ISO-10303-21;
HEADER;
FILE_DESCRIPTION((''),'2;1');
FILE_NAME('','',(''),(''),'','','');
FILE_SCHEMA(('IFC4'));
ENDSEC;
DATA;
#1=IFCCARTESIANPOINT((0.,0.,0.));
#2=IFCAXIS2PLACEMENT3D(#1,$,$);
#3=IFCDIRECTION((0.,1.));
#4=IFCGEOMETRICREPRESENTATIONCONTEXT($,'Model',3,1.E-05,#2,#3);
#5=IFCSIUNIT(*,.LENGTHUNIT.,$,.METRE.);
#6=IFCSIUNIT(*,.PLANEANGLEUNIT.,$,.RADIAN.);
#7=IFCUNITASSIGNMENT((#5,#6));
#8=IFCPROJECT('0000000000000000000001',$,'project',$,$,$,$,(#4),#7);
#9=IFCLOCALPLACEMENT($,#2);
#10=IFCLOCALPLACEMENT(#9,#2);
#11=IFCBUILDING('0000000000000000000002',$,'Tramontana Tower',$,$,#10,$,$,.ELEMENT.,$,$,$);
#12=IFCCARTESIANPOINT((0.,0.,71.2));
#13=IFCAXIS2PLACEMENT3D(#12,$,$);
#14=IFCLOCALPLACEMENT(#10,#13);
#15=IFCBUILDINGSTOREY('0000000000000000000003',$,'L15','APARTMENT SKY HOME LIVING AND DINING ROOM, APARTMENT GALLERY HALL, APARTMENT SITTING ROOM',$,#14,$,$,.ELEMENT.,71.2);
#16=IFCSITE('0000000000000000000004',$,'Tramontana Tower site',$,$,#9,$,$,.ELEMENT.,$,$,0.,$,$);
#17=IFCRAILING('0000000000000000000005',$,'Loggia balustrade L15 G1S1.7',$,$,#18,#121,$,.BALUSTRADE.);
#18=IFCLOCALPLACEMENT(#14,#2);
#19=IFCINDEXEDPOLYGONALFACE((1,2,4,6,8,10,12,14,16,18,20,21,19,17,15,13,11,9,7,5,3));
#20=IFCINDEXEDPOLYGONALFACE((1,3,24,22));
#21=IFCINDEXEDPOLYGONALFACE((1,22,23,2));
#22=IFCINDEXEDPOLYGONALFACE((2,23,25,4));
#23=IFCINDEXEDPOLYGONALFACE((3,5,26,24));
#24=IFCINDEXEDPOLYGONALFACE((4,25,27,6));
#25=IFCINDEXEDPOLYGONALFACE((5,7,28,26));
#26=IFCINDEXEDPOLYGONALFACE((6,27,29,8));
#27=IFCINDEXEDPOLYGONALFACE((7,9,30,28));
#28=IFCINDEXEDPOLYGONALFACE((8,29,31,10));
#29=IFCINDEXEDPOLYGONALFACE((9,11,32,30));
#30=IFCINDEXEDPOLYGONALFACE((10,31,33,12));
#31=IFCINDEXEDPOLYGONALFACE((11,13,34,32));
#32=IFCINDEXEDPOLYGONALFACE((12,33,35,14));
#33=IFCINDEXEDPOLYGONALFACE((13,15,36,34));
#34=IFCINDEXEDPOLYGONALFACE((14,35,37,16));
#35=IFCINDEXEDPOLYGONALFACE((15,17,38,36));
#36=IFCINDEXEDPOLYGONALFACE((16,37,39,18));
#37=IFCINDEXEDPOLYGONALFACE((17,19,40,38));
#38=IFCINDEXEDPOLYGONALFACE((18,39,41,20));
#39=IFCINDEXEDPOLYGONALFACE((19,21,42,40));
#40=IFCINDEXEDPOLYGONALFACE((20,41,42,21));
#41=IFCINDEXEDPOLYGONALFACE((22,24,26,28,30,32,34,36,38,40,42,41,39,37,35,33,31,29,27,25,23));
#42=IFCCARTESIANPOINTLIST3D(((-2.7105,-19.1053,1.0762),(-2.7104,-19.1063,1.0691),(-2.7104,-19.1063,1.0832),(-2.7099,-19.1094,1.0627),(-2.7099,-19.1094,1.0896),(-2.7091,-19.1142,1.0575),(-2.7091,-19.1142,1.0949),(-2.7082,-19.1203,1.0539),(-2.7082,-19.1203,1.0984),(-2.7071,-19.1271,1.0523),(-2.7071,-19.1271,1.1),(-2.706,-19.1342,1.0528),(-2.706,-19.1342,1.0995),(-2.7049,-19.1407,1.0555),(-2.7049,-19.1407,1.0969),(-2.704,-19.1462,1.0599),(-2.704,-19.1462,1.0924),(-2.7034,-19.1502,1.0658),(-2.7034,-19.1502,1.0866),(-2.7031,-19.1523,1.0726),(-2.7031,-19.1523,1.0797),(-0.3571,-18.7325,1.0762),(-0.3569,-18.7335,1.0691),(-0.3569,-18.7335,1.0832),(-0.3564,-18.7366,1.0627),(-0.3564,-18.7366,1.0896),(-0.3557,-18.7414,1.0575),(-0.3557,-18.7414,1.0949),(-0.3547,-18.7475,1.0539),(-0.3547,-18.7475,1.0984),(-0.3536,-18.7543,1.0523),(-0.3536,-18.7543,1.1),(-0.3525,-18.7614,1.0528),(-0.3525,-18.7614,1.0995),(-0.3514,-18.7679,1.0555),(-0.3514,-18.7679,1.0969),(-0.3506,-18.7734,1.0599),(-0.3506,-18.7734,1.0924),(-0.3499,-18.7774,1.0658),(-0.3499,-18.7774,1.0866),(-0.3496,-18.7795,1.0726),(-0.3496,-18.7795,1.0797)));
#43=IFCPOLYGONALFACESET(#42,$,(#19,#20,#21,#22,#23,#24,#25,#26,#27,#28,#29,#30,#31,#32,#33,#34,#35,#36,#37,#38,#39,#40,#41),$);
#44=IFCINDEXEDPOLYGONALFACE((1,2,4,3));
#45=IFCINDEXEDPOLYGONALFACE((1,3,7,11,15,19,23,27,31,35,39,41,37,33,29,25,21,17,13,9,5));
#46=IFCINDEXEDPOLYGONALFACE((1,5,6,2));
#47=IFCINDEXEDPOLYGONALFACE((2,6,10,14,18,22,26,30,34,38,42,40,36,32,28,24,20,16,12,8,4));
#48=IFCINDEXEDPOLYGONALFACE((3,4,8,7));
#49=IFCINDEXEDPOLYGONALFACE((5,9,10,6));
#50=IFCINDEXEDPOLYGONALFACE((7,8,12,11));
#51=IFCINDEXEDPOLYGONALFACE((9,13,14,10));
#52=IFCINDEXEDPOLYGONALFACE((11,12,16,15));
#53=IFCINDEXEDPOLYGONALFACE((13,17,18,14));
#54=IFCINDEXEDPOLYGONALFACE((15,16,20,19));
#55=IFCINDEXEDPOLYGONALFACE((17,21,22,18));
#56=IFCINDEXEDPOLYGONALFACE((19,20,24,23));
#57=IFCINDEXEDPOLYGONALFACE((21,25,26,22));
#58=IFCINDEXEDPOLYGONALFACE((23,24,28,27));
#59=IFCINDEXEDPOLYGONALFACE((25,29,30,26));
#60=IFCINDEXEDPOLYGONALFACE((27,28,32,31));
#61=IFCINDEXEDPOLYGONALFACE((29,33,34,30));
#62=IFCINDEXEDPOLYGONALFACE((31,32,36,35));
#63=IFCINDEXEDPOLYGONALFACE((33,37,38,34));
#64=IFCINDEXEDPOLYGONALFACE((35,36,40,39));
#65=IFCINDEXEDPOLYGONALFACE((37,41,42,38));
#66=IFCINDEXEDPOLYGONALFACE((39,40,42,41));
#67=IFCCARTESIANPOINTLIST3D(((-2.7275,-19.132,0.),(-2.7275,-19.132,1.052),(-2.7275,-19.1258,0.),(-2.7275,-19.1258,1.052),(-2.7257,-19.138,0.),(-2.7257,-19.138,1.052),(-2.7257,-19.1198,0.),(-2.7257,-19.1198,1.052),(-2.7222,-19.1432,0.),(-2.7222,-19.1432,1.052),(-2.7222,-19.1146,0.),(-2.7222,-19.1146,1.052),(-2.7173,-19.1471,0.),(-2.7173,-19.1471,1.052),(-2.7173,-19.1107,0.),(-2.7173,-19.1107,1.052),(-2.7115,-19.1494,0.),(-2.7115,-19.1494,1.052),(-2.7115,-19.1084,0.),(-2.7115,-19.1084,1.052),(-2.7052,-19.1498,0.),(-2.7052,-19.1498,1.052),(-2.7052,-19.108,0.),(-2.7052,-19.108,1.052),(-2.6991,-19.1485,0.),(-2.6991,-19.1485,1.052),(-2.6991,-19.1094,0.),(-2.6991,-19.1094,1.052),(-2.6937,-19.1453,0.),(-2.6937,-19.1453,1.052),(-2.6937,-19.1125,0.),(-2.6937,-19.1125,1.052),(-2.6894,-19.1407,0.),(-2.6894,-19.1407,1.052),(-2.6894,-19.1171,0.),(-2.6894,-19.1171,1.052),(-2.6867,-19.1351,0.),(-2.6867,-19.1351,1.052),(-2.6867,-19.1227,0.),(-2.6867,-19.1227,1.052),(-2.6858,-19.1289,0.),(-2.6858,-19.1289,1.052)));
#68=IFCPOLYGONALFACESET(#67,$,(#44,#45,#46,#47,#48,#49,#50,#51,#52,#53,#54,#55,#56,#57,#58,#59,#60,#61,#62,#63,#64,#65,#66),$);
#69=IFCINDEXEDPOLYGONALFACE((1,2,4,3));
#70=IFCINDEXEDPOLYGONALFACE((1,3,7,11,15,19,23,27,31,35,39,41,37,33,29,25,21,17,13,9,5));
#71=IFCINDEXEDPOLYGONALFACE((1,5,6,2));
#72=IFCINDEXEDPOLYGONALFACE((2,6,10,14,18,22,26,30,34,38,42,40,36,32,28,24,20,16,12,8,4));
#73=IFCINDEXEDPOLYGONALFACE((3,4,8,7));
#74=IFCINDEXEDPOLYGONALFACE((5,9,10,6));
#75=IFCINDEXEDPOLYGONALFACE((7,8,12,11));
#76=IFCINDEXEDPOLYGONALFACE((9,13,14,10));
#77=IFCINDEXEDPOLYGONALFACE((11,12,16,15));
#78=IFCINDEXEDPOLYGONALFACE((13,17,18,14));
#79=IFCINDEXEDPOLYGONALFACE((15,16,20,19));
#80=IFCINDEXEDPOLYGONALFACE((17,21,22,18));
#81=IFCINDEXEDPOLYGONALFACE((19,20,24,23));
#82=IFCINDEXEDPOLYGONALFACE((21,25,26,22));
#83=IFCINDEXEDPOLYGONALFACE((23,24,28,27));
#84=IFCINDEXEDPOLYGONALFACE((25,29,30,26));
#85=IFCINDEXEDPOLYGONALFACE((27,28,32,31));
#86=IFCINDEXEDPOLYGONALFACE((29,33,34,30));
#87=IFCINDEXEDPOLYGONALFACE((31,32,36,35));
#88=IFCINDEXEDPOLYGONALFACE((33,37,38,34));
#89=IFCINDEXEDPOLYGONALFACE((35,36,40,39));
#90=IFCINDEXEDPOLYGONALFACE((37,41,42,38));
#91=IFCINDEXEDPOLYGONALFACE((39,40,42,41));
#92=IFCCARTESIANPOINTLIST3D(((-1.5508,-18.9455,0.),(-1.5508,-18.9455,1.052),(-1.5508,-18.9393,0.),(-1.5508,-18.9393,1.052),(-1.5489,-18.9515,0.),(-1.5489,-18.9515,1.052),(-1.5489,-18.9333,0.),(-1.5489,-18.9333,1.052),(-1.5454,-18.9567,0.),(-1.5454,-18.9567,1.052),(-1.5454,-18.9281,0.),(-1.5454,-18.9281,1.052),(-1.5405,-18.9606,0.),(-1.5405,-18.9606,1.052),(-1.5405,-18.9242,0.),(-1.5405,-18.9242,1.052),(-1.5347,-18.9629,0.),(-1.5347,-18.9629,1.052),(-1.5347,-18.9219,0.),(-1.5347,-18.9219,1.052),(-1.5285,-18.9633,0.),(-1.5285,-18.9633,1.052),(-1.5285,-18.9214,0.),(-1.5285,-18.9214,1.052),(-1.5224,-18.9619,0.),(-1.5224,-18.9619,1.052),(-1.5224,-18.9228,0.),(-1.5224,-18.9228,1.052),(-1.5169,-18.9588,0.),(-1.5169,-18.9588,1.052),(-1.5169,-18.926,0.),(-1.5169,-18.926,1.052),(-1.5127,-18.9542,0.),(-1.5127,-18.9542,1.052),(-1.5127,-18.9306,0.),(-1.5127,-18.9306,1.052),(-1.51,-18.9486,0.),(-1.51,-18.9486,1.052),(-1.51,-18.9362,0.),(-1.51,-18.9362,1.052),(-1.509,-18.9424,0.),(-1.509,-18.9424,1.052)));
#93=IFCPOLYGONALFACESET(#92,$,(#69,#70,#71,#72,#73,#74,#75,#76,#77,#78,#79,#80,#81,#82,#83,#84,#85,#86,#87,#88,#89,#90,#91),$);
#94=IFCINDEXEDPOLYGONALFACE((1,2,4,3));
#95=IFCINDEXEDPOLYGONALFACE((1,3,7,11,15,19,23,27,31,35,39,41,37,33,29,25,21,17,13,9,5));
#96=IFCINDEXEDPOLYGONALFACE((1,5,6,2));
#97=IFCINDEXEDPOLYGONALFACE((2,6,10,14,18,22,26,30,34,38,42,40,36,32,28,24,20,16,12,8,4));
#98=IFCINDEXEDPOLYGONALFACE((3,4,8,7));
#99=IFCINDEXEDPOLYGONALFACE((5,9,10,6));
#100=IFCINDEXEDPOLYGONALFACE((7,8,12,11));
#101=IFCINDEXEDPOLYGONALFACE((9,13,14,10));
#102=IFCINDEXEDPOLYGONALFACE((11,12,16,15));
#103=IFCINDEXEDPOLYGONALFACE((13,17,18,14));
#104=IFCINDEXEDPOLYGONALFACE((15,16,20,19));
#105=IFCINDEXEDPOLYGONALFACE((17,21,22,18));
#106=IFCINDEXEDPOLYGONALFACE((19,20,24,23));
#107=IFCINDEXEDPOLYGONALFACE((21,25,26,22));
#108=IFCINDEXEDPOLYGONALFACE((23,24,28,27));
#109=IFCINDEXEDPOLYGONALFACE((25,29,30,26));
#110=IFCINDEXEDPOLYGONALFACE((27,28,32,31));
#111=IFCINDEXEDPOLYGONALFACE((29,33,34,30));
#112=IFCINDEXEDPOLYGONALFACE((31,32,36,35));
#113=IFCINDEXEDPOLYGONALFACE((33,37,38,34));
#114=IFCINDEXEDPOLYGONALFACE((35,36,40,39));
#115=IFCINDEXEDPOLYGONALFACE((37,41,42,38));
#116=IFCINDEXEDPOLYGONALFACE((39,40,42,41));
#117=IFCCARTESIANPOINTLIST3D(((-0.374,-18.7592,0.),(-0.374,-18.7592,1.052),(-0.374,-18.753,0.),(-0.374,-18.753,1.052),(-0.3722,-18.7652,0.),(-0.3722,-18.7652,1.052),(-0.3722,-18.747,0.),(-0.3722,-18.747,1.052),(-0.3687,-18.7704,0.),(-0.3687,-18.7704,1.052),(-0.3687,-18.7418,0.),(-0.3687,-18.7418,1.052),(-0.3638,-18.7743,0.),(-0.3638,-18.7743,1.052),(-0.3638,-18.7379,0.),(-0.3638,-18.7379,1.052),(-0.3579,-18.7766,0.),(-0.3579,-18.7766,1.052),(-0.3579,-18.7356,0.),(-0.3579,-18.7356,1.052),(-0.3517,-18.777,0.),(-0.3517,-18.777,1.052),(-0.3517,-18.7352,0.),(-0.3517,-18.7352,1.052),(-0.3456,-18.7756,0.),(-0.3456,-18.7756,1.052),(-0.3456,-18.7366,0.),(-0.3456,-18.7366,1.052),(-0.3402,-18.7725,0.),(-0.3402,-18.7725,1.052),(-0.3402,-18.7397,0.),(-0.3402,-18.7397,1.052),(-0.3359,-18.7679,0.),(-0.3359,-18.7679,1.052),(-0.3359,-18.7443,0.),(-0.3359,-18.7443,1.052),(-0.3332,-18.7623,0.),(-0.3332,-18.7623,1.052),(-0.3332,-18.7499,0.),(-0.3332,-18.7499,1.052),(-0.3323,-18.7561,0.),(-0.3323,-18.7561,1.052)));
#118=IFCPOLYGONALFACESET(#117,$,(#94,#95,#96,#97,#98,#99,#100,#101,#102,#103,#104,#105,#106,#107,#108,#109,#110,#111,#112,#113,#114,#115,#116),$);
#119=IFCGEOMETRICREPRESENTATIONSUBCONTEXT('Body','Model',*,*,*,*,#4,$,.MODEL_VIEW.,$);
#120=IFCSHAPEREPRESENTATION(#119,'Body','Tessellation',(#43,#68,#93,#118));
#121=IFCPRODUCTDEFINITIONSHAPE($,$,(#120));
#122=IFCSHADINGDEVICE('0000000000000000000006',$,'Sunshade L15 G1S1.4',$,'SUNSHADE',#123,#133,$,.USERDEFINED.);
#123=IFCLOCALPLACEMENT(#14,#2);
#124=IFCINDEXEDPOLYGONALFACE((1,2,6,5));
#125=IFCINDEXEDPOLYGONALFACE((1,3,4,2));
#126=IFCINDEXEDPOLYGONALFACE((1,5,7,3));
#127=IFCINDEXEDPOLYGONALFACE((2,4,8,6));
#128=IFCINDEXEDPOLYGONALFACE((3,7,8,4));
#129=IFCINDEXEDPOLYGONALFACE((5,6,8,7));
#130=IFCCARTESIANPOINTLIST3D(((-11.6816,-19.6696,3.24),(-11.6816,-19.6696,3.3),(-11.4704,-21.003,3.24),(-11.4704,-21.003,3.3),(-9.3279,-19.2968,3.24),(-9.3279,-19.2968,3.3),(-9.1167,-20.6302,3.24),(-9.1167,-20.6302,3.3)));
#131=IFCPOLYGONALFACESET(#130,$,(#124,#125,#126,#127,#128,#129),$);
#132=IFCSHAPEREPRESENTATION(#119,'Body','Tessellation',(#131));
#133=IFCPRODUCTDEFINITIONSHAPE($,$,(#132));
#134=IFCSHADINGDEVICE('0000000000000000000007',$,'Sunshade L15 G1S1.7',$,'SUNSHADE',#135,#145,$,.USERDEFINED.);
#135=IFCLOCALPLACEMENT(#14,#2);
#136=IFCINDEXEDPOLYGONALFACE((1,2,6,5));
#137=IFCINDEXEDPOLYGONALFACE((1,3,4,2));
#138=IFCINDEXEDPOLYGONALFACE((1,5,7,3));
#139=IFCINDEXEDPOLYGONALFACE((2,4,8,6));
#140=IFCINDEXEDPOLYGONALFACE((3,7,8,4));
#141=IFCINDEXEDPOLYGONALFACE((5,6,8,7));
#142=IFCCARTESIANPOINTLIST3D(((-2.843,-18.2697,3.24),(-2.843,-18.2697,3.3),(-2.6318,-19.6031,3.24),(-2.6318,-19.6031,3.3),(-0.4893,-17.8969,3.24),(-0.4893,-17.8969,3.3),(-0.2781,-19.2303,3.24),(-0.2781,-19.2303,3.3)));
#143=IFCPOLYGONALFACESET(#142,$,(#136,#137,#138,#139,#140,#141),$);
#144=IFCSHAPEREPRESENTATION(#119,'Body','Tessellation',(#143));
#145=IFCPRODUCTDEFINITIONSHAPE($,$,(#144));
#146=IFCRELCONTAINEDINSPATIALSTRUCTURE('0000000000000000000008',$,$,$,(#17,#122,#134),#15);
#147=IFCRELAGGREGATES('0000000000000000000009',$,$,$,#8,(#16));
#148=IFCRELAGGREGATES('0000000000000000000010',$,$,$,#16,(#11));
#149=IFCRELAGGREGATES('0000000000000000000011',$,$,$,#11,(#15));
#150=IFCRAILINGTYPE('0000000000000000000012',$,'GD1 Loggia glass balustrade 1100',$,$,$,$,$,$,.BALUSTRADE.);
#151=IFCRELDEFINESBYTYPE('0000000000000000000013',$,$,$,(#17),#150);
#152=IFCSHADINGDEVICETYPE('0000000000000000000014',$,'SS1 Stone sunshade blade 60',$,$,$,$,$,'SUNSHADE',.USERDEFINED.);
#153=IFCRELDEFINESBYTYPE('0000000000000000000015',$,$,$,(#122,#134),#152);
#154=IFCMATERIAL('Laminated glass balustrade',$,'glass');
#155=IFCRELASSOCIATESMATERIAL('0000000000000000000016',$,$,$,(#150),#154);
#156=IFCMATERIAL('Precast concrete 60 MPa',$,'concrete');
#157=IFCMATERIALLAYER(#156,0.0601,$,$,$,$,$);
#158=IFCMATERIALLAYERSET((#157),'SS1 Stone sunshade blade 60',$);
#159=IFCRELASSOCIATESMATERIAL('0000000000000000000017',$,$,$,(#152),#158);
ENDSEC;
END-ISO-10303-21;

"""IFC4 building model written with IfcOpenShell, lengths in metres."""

from ifc_helpers import new_model, si_unit, direction, frame, origin, origin_2d, place, context, subcontext, project, spatial, rectangle, circle, extrude, material, layer, layer_set, type_object, element, save


model = new_model("IFC4")

# Units and contexts
model_context = context("Model", 3, precision=1e-05, world=origin(), true_north=direction((0.0, 1.0)))
body_context = subcontext(model_context, "Body", "Model", "MODEL_VIEW")
ifc_project = project(units=[si_unit("LENGTHUNIT", "METRE"), si_unit("PLANEANGLEUNIT", "RADIAN")], contexts=[model_context])

# Site, building, storey
site_placement = place(None, origin())
site = spatial("IfcSite", under=ifc_project, at=site_placement, Name="Tramontana Tower site", CompositionType="ELEMENT", RefElevation=0.0)
building_placement = place(site_placement, origin())
building = spatial("IfcBuilding", under=site, at=building_placement, Name="Tramontana Tower", CompositionType="ELEMENT")
storey_placement = place(building_placement, frame((0.0, 0.0, 71.2)))
storey = spatial("IfcBuildingStorey", under=building, at=storey_placement, Name="L15", Description="APARTMENT SKY HOME LIVING AND DINING ROOM, APARTMENT GALLERY HALL, APARTMENT SITTING ROOM", CompositionType="ELEMENT", Elevation=71.2)

# Railing
ifc_material_1 = material(Name="Laminated glass balustrade", Category="glass")
railing_type = type_object("IfcRailingType", Name="GD1 Loggia glass balustrade 1100", PredefinedType="BALUSTRADE", material=ifc_material_1)
railing_1_placement = place(storey_placement, frame((-2.7068, -19.1289, 0.0)))
element("IfcRailing", 1, at=railing_1_placement, inside=storey, type_object=railing_type, Name="Loggia balustrade L15 G1S1.7", PredefinedType="BALUSTRADE", context=body_context, shape_type="SweptSolid", body=[
    extrude(circle(Radius=0.0239, at=origin_2d()), frame((0.0, 0.0, 1.0762), z_axis=(0.987686, 0.156452, 0.0), x_axis=(-0.156452, 0.987686, 0.0)), (0.0, 0.0, 1.0), 2.3828),
    extrude(circle(Radius=0.021, at=origin_2d()), origin(), (0.0, 0.0, 1.0), 1.052),
    extrude(circle(Radius=0.021, at=origin_2d()), frame((1.1768, 0.1865, 0.0)), (0.0, 0.0, 1.0), 1.052),
    extrude(circle(Radius=0.021, at=origin_2d()), frame((2.3535, 0.3728, 0.0)), (0.0, 0.0, 1.0), 1.052),
])

# Shading devices
ifc_material_2 = material(Name="Precast concrete 60 MPa", Category="concrete")
ifc_layer_1 = layer(ifc_material_2, 0.0601)
ifc_layer_set_1 = layer_set([ifc_layer_1], Name="SS1 Stone sunshade blade 60")
shading_device_type = type_object("IfcShadingDeviceType", Name="SS1 Stone sunshade blade 60", ElementType="SUNSHADE", PredefinedType="USERDEFINED", material=ifc_layer_set_1)
for number, where, z_axis, x_axis, name in (
    (2, (-10.3992, -20.1499, 3.24), (0.0, 0.0, 1.0), (0.987688, 0.156434, 0.0), "Sunshade L15 G1S1.4"),
    (3, (-1.5605, -18.75, 3.24), (0.0, 0.0, 1.0), (0.987688, 0.156434, 0.0), "Sunshade L15 G1S1.7"),
):
    element("IfcShadingDevice", number, at=place(storey_placement, frame(where, z_axis=z_axis, x_axis=x_axis)), inside=storey, type_object=shading_device_type, Name=name, ObjectType="SUNSHADE", PredefinedType="USERDEFINED", context=body_context, shape_type="SweptSolid", body=[
        extrude(rectangle(XDim=2.3831, YDim=1.3501, at=origin_2d()), origin(), (0.0, 0.0, 1.0), 0.0601),
    ])

save(model, "model.ifc")
